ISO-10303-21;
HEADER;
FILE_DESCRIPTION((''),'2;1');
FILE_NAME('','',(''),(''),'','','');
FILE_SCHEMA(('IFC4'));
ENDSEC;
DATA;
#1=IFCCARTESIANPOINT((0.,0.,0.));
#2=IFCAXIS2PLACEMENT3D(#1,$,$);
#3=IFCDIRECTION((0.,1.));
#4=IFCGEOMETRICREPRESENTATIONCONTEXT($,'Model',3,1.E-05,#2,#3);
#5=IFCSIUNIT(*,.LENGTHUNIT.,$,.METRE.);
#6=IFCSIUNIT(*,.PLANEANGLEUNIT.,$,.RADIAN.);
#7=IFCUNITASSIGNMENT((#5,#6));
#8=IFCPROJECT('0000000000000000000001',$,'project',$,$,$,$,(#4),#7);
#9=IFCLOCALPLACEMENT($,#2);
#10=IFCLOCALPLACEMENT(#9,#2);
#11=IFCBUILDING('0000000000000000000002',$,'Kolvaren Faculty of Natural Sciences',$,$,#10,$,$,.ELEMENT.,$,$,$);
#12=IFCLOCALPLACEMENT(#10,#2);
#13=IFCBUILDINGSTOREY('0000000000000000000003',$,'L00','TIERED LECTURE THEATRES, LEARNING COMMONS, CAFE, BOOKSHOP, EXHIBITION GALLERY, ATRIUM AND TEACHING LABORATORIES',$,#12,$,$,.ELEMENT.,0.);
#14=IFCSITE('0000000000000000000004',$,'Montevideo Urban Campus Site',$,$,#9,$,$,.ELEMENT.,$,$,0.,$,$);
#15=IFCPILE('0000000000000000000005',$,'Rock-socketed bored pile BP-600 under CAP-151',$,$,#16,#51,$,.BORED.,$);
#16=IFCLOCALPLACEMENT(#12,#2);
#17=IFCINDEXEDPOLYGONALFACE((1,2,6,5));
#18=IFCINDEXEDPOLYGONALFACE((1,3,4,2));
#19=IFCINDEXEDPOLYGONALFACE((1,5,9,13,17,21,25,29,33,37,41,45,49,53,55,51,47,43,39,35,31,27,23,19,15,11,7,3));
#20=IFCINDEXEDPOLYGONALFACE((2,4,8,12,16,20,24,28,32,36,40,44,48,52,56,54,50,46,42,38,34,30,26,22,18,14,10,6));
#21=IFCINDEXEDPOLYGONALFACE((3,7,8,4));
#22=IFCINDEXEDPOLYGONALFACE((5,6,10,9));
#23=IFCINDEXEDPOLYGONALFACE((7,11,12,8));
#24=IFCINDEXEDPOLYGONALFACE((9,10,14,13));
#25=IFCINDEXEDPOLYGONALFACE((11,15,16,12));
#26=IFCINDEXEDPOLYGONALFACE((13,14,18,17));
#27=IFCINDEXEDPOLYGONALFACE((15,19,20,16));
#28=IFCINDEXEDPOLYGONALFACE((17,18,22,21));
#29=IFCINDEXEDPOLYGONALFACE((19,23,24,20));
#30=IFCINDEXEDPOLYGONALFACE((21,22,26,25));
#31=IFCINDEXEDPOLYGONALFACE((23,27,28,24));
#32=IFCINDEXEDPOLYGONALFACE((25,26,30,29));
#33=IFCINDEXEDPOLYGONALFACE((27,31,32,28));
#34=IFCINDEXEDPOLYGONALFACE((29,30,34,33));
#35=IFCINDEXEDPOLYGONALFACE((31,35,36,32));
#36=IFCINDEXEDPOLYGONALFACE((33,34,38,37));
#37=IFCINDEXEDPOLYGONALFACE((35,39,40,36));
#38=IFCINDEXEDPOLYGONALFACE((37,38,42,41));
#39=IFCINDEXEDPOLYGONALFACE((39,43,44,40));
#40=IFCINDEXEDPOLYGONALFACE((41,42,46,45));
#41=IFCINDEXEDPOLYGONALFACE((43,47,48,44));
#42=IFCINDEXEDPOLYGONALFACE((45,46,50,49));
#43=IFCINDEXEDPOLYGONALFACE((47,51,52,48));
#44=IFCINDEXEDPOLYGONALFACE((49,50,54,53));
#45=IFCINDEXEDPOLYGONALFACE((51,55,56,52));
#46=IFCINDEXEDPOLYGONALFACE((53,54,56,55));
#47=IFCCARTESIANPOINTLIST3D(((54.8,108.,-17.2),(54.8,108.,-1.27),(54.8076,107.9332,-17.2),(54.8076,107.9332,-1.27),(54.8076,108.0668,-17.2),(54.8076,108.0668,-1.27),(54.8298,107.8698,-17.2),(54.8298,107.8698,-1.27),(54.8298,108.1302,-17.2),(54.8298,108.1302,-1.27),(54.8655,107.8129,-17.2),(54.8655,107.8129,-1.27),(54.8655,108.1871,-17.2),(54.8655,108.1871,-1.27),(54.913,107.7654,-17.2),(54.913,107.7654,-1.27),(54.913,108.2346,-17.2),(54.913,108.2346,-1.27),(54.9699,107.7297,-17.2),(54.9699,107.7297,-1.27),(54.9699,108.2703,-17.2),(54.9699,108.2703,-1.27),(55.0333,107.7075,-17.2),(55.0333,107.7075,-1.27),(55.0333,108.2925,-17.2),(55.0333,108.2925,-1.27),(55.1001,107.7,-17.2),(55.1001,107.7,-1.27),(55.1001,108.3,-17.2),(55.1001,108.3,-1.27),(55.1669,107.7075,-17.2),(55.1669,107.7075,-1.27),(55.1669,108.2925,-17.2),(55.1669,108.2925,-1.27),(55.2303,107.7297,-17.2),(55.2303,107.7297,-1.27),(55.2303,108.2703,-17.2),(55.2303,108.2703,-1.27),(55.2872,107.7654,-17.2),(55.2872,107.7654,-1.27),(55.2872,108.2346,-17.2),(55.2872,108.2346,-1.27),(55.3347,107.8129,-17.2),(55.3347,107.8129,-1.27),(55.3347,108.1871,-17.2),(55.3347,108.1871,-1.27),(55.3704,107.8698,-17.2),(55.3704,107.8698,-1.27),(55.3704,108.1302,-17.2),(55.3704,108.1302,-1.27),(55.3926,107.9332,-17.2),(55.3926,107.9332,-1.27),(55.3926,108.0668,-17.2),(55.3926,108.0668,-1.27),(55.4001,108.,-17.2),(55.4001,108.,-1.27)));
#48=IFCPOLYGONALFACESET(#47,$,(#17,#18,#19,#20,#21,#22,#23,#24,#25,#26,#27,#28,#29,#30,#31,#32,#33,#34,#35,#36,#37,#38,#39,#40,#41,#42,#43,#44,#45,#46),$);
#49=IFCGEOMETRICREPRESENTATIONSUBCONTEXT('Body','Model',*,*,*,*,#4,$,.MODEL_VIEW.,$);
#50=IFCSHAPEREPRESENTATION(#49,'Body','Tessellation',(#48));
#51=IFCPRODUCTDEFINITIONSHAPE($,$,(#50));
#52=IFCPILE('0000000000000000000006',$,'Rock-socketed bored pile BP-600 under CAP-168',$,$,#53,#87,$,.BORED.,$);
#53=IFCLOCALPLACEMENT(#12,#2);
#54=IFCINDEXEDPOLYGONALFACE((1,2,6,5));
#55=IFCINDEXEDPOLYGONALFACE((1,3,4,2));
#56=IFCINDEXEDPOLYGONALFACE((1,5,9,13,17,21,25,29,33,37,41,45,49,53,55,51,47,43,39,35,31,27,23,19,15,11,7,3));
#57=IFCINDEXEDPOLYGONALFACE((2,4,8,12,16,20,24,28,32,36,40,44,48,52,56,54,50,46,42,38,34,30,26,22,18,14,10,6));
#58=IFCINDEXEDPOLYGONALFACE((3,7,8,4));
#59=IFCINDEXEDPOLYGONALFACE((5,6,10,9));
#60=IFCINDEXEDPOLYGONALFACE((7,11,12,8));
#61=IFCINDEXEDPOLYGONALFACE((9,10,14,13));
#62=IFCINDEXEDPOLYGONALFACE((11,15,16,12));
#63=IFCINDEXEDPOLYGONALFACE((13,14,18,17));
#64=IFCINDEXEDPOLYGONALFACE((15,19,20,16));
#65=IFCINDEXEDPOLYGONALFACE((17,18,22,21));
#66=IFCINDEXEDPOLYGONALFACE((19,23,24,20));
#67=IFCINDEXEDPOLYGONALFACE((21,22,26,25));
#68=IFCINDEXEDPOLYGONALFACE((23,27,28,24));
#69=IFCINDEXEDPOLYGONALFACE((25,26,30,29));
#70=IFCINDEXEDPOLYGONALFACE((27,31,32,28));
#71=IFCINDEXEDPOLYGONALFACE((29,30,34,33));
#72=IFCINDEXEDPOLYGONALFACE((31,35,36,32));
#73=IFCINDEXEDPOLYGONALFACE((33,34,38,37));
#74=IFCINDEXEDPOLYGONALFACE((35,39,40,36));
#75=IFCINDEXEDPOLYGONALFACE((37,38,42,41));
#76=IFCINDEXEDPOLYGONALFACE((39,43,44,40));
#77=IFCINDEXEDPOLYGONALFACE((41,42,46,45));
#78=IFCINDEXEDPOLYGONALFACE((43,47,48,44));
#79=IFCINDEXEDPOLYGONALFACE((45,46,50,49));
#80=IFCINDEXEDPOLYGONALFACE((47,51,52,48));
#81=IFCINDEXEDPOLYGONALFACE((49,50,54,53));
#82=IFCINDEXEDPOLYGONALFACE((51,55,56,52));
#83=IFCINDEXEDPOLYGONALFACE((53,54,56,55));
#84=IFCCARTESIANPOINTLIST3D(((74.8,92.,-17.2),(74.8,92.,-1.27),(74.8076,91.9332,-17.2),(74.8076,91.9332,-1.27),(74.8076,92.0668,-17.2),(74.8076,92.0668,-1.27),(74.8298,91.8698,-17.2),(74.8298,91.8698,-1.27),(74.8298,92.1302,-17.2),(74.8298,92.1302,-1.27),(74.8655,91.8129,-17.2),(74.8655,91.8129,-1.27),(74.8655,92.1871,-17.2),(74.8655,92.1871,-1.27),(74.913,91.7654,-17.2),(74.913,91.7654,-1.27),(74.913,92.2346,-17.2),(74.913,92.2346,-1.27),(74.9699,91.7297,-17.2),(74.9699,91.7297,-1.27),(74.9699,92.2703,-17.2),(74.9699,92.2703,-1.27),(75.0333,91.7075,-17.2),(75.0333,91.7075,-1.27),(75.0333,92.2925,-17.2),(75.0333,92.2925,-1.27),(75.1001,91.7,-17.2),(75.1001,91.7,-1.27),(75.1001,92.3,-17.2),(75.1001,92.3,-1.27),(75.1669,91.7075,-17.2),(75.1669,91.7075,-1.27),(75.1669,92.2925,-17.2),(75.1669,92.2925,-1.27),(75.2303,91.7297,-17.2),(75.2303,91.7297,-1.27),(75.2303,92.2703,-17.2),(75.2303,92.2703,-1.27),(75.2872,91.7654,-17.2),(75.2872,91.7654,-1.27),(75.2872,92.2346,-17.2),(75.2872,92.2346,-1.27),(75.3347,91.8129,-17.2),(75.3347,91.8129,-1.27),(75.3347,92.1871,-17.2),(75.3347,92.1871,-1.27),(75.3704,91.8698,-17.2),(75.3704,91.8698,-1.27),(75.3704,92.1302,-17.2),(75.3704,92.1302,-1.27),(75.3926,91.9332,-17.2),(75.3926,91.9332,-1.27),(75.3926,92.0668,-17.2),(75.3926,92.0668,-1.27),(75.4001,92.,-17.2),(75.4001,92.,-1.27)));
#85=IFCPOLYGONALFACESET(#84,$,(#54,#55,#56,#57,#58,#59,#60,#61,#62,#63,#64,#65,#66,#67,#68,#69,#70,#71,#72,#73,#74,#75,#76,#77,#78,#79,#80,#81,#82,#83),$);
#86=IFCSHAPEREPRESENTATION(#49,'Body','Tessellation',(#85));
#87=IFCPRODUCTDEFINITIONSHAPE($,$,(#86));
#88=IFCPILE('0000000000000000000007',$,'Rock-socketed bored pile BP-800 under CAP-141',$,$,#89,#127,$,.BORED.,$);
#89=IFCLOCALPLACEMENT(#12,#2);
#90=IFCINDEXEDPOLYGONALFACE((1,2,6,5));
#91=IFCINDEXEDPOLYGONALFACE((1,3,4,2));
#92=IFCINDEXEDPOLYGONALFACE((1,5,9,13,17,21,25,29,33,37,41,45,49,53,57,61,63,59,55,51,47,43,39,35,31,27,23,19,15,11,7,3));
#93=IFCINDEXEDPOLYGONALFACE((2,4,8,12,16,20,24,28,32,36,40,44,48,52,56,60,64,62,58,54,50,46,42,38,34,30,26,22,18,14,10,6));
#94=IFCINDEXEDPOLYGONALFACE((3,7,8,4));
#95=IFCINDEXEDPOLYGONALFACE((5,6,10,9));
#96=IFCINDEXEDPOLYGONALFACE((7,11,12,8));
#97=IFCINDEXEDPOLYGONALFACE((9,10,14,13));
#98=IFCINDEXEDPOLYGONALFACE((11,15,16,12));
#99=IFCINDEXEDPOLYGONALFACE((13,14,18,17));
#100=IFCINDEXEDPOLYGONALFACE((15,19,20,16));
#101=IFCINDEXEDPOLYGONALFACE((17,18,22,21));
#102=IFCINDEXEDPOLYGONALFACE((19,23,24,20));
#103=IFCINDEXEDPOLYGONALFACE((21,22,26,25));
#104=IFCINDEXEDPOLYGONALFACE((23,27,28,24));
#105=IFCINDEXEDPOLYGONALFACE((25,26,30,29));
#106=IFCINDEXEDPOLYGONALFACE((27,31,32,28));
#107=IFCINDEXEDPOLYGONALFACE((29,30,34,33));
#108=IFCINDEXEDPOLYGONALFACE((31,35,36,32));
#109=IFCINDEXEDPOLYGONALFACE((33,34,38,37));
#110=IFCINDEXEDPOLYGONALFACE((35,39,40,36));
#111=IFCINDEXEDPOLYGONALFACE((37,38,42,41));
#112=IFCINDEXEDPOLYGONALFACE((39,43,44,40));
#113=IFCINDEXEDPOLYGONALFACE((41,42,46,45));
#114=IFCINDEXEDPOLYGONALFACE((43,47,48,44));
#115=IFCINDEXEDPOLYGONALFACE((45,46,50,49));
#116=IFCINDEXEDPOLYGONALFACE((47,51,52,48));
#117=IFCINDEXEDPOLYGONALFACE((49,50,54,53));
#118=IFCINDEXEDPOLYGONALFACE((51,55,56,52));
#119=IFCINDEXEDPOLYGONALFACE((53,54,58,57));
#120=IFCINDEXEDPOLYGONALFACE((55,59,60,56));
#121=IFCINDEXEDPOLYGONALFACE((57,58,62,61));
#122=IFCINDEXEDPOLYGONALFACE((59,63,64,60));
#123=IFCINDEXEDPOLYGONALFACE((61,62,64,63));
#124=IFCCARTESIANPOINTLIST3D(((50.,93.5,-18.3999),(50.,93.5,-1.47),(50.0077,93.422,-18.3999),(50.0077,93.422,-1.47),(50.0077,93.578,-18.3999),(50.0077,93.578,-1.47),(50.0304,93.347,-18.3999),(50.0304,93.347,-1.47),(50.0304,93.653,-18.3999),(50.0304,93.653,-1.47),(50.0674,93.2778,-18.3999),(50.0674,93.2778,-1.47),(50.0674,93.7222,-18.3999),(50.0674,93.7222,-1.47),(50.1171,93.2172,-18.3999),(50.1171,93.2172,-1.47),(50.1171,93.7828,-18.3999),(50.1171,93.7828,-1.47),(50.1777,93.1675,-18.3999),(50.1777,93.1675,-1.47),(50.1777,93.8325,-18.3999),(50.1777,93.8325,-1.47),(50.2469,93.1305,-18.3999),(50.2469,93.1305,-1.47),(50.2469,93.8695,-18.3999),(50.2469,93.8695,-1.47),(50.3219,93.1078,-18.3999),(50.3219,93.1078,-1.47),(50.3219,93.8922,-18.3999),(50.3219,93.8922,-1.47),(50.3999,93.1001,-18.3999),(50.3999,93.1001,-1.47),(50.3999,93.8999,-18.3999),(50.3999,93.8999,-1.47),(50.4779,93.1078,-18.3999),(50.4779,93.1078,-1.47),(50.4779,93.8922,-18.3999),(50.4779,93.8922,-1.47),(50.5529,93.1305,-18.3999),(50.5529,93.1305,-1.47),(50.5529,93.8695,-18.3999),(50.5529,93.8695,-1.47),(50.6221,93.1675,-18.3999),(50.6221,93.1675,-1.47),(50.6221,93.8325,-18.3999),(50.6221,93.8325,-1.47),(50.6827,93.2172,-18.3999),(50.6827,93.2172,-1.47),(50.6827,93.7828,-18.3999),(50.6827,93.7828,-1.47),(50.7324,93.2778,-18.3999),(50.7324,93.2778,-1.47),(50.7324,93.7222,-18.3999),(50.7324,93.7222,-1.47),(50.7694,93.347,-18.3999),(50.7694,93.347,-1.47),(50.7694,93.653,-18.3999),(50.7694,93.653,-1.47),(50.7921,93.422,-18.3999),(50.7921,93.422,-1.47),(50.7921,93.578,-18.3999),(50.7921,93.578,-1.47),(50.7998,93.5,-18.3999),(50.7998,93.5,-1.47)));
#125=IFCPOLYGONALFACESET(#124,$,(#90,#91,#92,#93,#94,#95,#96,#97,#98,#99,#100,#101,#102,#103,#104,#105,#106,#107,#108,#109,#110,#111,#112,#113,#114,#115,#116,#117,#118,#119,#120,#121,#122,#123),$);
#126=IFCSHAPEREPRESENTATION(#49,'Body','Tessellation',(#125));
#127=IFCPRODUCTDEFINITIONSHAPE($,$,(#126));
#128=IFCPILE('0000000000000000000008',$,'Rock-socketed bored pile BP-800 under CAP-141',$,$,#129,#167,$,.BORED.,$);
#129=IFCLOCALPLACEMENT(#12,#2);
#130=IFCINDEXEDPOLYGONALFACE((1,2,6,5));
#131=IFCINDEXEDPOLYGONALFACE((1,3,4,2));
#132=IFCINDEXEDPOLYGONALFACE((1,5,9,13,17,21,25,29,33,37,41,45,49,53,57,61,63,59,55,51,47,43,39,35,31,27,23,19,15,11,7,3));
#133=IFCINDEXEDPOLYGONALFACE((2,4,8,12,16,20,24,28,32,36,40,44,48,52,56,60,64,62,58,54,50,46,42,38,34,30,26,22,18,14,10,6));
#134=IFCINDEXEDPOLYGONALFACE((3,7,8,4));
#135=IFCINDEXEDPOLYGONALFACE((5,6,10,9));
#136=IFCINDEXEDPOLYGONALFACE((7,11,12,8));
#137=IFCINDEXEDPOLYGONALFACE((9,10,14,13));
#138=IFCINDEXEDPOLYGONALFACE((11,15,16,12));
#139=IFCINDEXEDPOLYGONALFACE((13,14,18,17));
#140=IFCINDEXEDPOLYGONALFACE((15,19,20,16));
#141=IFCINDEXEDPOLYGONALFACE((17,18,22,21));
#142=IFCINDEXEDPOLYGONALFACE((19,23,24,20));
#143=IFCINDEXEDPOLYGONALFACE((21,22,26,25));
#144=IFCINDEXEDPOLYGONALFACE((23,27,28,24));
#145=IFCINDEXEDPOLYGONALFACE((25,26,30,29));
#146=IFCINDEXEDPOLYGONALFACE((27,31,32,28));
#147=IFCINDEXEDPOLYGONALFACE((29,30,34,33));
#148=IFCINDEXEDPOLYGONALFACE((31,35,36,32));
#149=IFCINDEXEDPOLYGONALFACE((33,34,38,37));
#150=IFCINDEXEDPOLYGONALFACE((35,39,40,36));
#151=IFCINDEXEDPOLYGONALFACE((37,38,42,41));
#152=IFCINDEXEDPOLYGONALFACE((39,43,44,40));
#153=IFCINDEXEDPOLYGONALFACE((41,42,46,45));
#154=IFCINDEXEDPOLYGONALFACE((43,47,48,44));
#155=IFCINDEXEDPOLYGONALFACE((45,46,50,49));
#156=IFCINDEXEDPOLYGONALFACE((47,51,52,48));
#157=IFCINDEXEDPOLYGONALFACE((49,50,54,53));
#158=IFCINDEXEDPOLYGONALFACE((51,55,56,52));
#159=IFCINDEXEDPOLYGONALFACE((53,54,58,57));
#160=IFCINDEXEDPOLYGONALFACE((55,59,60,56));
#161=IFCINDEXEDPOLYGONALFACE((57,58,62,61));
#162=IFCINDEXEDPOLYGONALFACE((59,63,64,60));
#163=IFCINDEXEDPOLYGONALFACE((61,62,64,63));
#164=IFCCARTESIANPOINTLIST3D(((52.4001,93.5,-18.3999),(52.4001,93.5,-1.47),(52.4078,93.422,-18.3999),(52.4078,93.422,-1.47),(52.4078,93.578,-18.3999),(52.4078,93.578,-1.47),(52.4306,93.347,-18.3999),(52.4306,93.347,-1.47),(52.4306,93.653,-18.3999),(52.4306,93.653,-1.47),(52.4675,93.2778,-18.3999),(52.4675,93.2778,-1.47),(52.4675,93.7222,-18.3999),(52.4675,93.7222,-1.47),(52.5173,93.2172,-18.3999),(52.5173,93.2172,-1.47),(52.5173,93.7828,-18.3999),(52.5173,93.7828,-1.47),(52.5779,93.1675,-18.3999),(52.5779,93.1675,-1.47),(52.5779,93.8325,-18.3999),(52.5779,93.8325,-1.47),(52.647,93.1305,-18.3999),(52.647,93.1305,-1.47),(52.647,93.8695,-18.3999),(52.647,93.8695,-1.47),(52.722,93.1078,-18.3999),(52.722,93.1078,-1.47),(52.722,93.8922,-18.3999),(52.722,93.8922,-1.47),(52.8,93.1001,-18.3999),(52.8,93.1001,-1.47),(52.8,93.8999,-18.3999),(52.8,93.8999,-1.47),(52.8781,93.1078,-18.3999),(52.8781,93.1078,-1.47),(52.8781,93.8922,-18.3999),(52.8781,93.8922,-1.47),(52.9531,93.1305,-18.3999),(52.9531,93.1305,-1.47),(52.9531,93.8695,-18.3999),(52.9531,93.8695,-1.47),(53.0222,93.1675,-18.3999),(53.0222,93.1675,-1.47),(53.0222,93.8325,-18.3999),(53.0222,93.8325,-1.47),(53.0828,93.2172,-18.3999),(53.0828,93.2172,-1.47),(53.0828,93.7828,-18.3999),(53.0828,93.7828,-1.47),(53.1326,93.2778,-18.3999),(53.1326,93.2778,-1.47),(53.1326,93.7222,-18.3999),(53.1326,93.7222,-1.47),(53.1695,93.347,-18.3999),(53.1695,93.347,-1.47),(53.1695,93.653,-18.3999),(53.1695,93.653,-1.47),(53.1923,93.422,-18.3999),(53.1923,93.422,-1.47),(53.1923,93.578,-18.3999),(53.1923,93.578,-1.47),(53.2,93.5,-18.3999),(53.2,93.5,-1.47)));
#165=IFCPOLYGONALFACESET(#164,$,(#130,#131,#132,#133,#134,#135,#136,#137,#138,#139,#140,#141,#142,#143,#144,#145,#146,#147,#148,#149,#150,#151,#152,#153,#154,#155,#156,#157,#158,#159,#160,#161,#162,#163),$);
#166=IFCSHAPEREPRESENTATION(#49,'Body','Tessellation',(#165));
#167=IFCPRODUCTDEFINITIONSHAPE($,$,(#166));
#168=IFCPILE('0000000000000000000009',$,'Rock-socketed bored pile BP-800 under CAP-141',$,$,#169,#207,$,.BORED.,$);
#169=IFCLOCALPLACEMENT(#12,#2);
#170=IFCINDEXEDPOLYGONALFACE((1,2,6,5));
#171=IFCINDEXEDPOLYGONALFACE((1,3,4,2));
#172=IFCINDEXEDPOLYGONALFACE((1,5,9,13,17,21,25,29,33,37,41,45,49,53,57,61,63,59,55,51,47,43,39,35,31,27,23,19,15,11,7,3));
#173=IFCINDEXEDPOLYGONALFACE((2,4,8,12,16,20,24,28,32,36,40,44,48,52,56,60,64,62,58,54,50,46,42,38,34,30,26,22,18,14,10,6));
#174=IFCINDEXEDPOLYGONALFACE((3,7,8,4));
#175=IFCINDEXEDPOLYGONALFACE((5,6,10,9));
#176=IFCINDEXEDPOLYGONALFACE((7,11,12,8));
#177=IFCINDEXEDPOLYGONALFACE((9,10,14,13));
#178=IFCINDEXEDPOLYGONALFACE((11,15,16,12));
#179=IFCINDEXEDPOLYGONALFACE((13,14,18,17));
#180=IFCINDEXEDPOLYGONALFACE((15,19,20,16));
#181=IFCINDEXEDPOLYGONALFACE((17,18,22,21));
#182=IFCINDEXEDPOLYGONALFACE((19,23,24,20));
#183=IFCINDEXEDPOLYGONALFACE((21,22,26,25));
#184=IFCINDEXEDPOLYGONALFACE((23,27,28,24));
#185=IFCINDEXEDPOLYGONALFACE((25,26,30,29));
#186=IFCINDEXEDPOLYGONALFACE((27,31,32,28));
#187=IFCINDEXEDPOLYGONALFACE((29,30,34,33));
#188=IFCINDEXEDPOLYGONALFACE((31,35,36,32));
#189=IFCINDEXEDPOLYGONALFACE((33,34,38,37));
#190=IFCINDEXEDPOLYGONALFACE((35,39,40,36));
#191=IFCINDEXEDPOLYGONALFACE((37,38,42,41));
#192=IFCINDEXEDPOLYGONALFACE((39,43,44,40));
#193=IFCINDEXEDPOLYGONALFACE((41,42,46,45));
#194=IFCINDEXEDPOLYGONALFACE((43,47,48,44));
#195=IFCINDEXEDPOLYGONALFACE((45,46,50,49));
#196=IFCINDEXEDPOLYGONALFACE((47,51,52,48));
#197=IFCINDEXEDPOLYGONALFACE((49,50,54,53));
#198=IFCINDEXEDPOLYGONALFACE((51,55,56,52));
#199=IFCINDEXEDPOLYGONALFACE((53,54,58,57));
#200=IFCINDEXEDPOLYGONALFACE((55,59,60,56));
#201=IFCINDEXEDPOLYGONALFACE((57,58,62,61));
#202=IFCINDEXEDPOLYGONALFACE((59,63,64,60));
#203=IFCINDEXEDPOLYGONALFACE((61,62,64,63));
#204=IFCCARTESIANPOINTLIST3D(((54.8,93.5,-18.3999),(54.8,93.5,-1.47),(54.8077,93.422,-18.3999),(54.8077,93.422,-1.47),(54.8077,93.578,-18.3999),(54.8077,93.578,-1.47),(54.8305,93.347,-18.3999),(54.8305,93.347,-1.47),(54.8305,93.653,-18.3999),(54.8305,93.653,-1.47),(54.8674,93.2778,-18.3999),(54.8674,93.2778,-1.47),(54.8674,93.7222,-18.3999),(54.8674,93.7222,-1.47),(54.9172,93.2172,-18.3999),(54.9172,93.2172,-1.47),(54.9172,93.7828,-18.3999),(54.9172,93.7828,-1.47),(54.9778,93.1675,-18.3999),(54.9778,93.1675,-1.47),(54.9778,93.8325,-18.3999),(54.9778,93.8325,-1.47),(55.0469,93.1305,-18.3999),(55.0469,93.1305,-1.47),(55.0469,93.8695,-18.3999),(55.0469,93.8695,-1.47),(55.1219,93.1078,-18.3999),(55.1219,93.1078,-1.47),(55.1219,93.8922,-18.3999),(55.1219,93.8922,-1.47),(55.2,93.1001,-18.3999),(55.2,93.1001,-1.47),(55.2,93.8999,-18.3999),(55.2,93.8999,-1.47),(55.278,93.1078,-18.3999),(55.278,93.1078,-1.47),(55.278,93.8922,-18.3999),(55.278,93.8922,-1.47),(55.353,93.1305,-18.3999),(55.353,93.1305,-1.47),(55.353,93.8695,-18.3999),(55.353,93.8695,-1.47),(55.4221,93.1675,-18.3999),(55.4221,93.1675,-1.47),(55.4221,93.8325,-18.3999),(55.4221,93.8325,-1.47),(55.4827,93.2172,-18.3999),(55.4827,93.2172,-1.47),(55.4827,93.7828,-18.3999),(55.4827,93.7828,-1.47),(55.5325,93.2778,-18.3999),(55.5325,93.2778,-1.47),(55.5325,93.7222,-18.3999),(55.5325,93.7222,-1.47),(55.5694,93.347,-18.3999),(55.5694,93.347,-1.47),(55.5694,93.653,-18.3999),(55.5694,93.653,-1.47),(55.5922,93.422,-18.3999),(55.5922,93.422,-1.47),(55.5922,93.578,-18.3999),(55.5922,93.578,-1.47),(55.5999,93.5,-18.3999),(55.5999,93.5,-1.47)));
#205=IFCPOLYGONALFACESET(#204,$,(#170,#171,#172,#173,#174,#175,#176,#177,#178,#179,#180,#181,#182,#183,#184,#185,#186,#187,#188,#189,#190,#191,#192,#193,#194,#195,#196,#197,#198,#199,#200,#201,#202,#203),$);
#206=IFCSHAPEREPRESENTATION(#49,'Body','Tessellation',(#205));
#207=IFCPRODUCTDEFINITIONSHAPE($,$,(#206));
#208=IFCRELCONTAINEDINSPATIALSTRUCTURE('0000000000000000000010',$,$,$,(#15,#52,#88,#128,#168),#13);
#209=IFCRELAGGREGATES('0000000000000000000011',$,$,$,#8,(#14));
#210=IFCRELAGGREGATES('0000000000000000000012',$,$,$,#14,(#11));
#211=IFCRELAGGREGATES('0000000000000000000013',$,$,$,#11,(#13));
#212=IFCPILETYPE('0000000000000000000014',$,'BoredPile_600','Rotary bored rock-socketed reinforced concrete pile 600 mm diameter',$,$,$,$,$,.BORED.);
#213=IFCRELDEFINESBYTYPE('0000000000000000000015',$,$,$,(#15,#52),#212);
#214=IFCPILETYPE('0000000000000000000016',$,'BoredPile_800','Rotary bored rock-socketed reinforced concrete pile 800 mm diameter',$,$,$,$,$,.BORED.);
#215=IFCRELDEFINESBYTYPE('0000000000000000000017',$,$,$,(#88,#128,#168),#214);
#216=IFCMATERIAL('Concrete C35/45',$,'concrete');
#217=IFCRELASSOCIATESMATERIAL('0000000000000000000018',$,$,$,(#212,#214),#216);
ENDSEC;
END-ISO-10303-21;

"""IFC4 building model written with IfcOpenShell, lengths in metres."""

from ifc_helpers import new_model, si_unit, direction, frame, origin, origin_2d, place, context, subcontext, project, spatial, circle, extrude, material, material_profile, profile_set, type_object, element, save


model = new_model("IFC4")

# Units and contexts
model_context = context("Model", 3, precision=1e-05, world=origin(), true_north=direction((0.0, 1.0)))
body_context = subcontext(model_context, "Body", "Model", "MODEL_VIEW")
ifc_project = project(units=[si_unit("LENGTHUNIT", "METRE"), si_unit("PLANEANGLEUNIT", "RADIAN")], contexts=[model_context])

# Site, building, storey
site_placement = place(None, origin())
site = spatial("IfcSite", under=ifc_project, at=site_placement, Name="Montevideo Urban Campus Site", CompositionType="ELEMENT", RefElevation=0.0)
building_placement = place(site_placement, origin())
building = spatial("IfcBuilding", under=site, at=building_placement, Name="Kolvaren Faculty of Natural Sciences", CompositionType="ELEMENT")
storey_placement = place(building_placement, origin())
storey = spatial("IfcBuildingStorey", under=building, at=storey_placement, Name="L00", Description="TIERED LECTURE THEATRES, LEARNING COMMONS, CAFE, BOOKSHOP, EXHIBITION GALLERY, ATRIUM AND TEACHING LABORATORIES", CompositionType="ELEMENT", Elevation=0.0)

# Piles
ifc_material_1 = material(Name="Concrete C35/45", Category="concrete")
ifc_material_profile_1 = material_profile(ifc_material_1, circle(Radius=0.3, at=origin_2d()), Name="PILE D600")
ifc_profile_set_1 = profile_set([ifc_material_profile_1], Name="Concrete C35/45")
pile_type_1 = type_object("IfcPileType", Name="BoredPile_600", Description="Rotary bored rock-socketed reinforced concrete pile 600 mm diameter", PredefinedType="BORED", material=ifc_profile_set_1)
for number, where, z_axis, x_axis, name in (
    (1, (55.1001, 108.0, -1.27), (0.0, 0.0, -1.0), (1.0, 0.0, 0.0), "Rock-socketed bored pile BP-600 under CAP-151"),
    (2, (75.1001, 92.0, -1.27), (0.0, 0.0, -1.0), (1.0, 0.0, 0.0), "Rock-socketed bored pile BP-600 under CAP-168"),
):
    element("IfcPile", number, at=place(storey_placement, frame(where, z_axis=z_axis, x_axis=x_axis)), inside=storey, type_object=pile_type_1, Name=name, PredefinedType="BORED", context=body_context, shape_type="SweptSolid", body=[
        extrude(circle(Radius=0.3, at=origin_2d()), origin(), (0.0, 0.0, 1.0), 15.9299),
    ])
ifc_material_profile_2 = material_profile(ifc_material_1, circle(Radius=0.3999, at=origin_2d()), Name="PILE D800")
ifc_profile_set_2 = profile_set([ifc_material_profile_2], Name="Concrete C35/45")
pile_type_2 = type_object("IfcPileType", Name="BoredPile_800", Description="Rotary bored rock-socketed reinforced concrete pile 800 mm diameter", PredefinedType="BORED", material=ifc_profile_set_2)
for number, where, z_axis, x_axis, name in (
    (3, (50.3999, 93.5, -1.47), (0.0, 0.0, -1.0), (1.0, 0.0, 0.0), "Rock-socketed bored pile BP-800 under CAP-141"),
    (4, (52.8, 93.5, -1.47), (0.0, 0.0, -1.0), (1.0, 0.0, 0.0), "Rock-socketed bored pile BP-800 under CAP-141"),
    (5, (55.2, 93.5, -1.47), (0.0, 0.0, -1.0), (1.0, 0.0, 0.0), "Rock-socketed bored pile BP-800 under CAP-141"),
):
    element("IfcPile", number, at=place(storey_placement, frame(where, z_axis=z_axis, x_axis=x_axis)), inside=storey, type_object=pile_type_2, Name=name, PredefinedType="BORED", context=body_context, shape_type="SweptSolid", body=[
        extrude(circle(Radius=0.3999, at=origin_2d()), origin(), (0.0, 0.0, 1.0), 16.9299),
    ])

save(model, "model.ifc")
